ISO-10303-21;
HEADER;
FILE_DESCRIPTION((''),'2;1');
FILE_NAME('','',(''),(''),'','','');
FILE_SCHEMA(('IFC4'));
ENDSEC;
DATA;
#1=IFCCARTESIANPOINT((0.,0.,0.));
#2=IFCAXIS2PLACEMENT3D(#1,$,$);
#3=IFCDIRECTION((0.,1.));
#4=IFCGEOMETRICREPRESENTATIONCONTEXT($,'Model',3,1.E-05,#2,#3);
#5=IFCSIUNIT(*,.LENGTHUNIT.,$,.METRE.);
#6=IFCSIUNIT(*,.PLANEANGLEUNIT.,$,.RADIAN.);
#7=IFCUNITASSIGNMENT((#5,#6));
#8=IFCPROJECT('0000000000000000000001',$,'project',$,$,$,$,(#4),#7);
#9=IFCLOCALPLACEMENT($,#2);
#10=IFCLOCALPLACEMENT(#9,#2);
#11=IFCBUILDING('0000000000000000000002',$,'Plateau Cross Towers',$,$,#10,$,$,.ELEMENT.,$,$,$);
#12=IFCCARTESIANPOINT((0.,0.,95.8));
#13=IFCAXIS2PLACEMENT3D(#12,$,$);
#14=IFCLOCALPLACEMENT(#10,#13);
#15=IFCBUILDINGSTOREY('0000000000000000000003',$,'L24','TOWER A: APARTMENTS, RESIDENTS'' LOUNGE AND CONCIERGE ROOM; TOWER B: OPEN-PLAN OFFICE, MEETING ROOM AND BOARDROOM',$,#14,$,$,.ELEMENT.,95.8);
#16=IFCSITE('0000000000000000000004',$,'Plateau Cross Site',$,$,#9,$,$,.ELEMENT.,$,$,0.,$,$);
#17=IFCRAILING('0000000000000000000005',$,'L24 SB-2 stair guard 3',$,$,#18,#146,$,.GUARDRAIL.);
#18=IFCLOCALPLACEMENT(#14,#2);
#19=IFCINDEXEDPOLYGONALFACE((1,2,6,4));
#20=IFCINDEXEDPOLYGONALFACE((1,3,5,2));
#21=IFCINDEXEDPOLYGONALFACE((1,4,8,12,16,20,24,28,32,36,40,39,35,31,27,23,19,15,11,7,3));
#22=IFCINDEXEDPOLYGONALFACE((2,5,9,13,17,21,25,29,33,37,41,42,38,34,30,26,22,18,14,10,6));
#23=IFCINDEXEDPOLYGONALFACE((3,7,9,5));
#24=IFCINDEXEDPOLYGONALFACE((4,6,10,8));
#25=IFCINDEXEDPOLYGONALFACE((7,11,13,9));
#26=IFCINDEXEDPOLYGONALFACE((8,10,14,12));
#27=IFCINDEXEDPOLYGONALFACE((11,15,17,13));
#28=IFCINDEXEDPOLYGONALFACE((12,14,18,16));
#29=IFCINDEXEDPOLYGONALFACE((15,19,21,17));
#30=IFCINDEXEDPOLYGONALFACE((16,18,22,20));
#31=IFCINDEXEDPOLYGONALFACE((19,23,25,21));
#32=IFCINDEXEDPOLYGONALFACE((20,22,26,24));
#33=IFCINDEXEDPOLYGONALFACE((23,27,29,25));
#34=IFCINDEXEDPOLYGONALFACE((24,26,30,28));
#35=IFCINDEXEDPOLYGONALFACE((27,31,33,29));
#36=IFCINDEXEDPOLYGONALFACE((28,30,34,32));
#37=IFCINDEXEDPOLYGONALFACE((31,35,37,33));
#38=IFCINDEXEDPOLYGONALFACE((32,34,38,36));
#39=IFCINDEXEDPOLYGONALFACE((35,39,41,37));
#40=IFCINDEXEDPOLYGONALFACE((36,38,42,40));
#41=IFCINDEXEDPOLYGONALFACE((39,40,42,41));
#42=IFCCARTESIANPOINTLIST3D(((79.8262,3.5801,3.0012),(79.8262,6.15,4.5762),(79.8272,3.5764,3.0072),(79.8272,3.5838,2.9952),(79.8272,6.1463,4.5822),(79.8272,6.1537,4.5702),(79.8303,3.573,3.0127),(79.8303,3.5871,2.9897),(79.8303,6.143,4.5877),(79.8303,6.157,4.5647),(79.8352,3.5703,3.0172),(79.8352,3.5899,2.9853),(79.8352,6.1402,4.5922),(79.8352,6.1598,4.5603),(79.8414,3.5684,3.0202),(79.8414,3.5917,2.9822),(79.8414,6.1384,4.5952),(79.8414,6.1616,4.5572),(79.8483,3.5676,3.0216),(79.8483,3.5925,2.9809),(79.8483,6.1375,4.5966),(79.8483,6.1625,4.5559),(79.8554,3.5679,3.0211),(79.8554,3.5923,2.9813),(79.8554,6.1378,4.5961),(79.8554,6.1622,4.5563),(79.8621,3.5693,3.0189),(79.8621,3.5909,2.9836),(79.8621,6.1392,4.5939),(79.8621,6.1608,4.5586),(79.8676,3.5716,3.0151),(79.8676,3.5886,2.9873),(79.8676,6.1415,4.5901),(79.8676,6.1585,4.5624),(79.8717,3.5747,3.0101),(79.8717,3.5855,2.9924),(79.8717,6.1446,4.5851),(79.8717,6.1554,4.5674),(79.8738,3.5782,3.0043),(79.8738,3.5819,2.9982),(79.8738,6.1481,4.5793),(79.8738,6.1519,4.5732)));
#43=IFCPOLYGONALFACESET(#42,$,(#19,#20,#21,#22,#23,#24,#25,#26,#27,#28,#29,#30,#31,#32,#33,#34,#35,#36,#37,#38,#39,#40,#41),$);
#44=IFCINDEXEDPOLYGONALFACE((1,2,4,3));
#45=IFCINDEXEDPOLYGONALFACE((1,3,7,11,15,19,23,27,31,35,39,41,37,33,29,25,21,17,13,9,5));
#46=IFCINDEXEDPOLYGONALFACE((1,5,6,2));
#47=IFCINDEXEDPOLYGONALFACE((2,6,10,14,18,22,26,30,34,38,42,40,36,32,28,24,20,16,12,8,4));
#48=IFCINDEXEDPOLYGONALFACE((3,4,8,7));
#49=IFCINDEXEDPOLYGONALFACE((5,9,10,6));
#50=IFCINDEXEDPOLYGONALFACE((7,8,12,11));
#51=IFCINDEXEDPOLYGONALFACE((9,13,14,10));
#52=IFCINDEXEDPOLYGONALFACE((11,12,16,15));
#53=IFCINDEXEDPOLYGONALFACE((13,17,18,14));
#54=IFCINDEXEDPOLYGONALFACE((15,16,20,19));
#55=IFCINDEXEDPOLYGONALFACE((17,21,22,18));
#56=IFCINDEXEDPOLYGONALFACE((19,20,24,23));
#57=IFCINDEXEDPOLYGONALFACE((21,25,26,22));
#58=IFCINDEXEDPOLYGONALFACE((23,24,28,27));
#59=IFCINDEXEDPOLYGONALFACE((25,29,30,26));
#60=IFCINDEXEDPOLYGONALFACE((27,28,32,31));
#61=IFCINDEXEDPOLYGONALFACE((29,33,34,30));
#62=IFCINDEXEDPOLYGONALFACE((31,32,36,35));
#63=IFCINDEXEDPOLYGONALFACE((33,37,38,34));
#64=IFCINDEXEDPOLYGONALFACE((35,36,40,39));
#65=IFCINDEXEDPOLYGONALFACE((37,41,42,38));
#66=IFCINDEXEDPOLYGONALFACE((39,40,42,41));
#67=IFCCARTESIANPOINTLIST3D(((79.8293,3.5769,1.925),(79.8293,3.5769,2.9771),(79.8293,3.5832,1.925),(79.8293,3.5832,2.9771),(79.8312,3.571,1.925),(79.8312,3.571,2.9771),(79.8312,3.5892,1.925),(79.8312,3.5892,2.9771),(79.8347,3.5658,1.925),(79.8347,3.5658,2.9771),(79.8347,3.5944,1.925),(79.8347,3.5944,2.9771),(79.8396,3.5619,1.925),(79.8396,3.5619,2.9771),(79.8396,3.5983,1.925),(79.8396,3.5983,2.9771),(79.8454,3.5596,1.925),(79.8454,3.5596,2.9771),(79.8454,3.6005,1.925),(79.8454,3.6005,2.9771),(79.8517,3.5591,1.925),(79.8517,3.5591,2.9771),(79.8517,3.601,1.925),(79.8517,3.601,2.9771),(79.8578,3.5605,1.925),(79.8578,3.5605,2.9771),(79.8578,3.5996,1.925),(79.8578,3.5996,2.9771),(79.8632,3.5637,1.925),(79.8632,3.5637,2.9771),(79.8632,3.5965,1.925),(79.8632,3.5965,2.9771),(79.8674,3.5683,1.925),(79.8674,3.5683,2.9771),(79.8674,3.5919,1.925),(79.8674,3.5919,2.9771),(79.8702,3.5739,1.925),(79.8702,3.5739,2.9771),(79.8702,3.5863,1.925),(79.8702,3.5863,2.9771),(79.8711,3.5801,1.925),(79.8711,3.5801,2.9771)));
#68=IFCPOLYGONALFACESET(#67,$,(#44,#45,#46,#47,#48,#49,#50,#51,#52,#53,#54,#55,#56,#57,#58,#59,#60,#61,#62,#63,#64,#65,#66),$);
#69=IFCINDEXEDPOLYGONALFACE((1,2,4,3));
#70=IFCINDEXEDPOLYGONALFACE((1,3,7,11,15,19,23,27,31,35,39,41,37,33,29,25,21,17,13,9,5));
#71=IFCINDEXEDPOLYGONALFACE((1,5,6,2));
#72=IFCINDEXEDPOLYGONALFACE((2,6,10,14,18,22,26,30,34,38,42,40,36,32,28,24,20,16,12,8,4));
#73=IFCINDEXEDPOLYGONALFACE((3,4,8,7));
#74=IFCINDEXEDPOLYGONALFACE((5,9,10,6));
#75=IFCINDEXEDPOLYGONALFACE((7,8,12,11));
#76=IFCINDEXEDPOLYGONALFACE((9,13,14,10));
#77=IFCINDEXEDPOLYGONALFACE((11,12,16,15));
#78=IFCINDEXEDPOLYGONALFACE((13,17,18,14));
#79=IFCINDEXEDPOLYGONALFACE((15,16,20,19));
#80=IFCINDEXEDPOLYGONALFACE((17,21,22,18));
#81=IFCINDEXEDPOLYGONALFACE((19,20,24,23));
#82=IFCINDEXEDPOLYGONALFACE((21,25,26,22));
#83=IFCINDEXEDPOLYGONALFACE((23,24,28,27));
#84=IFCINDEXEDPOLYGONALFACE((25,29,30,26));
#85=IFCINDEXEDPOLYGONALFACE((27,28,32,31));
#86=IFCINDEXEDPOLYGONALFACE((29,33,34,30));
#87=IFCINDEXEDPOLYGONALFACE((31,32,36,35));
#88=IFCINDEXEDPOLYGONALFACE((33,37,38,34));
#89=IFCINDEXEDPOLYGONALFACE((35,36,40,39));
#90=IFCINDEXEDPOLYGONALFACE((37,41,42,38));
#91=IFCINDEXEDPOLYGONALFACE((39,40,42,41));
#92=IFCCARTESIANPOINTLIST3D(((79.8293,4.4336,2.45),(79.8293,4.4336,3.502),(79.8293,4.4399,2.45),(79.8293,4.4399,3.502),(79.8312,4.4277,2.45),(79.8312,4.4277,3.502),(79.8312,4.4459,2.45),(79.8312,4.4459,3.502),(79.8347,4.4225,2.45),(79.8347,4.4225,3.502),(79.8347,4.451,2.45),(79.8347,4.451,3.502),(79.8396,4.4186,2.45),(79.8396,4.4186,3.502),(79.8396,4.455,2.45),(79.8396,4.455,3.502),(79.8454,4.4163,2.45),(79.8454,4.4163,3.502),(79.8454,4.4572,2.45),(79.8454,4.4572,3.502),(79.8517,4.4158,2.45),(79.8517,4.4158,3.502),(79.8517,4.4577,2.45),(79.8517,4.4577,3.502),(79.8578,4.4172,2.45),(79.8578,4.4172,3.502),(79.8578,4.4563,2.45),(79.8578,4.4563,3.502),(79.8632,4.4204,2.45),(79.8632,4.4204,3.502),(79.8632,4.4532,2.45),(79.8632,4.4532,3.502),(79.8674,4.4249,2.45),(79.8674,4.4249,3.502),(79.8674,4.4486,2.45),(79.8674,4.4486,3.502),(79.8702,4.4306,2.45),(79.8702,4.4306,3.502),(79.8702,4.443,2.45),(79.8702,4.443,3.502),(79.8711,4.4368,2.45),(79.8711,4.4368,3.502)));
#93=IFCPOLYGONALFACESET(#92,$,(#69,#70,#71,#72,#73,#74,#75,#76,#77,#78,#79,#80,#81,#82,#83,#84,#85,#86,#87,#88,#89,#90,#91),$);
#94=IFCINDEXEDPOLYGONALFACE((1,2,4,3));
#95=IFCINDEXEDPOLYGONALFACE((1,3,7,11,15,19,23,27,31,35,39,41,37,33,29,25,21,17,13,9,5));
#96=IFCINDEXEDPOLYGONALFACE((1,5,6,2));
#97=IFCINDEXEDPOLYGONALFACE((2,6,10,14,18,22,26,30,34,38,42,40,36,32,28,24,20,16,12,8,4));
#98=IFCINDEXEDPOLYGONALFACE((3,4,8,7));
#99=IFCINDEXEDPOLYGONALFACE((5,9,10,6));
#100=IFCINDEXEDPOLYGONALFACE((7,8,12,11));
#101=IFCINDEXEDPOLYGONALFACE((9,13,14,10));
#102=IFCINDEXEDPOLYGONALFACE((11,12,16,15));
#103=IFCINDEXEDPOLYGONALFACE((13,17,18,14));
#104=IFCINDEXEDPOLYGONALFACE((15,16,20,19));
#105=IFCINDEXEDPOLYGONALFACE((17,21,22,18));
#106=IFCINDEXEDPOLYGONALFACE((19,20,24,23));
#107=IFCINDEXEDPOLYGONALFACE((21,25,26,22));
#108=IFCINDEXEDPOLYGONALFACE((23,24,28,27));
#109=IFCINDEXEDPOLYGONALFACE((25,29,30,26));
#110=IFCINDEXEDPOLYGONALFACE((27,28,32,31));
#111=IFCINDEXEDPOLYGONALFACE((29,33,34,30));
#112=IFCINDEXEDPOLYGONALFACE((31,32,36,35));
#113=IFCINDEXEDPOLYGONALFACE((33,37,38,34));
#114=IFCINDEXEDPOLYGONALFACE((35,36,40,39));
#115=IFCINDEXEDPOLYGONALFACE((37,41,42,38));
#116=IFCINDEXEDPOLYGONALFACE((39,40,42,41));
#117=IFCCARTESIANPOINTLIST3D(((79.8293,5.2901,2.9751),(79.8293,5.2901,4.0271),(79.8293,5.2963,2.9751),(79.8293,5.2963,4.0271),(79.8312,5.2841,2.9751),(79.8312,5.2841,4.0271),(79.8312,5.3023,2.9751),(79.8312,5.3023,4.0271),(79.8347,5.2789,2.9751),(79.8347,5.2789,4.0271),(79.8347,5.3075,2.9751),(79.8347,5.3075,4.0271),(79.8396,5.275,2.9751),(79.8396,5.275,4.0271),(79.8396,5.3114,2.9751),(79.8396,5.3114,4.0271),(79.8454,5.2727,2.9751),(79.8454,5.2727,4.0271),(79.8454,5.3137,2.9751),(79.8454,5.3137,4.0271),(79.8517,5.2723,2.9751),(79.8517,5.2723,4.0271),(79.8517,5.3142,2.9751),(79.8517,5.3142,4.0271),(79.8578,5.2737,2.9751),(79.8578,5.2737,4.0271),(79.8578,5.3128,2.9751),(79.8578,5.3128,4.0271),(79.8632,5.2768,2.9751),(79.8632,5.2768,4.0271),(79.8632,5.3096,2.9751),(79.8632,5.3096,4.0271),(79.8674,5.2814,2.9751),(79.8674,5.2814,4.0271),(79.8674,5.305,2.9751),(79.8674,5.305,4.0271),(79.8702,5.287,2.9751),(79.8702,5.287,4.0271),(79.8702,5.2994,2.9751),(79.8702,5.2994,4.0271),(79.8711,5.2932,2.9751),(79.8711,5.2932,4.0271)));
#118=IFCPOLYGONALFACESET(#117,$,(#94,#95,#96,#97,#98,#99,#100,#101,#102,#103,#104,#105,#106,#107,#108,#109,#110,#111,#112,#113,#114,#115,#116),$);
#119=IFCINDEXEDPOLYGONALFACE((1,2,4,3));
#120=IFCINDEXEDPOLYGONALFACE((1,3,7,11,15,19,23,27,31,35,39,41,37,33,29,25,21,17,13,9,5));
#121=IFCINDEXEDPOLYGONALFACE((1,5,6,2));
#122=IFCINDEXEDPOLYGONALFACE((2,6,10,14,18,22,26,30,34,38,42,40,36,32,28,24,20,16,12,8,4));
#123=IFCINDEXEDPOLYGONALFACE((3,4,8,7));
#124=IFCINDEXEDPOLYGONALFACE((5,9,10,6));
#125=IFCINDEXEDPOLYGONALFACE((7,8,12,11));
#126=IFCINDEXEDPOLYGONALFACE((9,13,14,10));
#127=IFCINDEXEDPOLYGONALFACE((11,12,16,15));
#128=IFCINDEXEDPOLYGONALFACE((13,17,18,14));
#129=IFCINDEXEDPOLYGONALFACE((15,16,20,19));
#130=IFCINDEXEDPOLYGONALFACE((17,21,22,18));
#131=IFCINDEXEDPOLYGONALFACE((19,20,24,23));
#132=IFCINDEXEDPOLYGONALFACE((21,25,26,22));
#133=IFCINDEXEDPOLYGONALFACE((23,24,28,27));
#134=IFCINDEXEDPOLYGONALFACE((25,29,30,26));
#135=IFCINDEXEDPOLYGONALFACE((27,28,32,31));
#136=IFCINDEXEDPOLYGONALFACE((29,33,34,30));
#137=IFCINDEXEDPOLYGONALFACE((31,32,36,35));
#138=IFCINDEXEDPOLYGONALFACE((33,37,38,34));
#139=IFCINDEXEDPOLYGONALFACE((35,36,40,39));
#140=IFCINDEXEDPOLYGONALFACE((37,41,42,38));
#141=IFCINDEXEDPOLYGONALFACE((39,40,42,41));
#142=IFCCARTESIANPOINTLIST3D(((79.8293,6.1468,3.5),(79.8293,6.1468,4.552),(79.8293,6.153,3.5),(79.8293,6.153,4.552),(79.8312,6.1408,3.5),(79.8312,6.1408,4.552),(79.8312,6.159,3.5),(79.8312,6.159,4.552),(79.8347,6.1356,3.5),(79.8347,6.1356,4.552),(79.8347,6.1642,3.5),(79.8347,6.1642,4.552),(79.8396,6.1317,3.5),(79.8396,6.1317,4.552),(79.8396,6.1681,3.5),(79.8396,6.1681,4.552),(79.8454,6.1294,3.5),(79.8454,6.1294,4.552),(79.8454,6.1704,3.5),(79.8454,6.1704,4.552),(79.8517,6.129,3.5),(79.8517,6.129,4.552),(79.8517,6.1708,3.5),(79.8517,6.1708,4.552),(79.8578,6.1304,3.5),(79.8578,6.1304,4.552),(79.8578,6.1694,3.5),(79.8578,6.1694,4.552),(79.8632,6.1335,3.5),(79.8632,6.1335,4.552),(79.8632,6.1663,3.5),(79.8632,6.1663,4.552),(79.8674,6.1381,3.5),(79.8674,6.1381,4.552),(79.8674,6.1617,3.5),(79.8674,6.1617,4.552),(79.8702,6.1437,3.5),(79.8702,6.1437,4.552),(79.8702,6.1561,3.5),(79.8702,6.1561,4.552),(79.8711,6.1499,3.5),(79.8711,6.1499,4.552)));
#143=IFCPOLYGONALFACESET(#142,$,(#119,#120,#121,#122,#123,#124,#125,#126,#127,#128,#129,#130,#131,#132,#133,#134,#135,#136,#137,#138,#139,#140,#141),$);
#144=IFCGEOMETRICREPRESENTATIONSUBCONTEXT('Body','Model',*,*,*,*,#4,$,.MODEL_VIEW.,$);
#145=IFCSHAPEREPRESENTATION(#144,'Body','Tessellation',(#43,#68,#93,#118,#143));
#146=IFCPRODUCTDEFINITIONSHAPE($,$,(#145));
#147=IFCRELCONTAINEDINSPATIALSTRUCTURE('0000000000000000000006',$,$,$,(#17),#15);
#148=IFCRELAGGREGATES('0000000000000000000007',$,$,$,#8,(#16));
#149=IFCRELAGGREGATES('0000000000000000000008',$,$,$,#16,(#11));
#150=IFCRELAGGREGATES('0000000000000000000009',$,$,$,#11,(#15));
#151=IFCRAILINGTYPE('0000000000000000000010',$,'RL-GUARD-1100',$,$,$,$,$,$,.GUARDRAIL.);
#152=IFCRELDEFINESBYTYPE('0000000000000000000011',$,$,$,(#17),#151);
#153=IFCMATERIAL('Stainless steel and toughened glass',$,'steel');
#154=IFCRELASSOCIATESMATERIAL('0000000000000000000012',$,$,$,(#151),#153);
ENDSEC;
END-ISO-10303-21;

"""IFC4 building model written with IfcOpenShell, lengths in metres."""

from ifc_helpers import new_model, si_unit, direction, frame, origin, origin_2d, place, context, subcontext, project, spatial, circle, extrude, material, type_object, element, save


model = new_model("IFC4")

# Units and contexts
model_context = context("Model", 3, precision=1e-05, world=origin(), true_north=direction((0.0, 1.0)))
body_context = subcontext(model_context, "Body", "Model", "MODEL_VIEW")
ifc_project = project(units=[si_unit("LENGTHUNIT", "METRE"), si_unit("PLANEANGLEUNIT", "RADIAN")], contexts=[model_context])

# Site, building, storey
site_placement = place(None, origin())
site = spatial("IfcSite", under=ifc_project, at=site_placement, Name="Plateau Cross Site", CompositionType="ELEMENT", RefElevation=0.0)
building_placement = place(site_placement, origin())
building = spatial("IfcBuilding", under=site, at=building_placement, Name="Plateau Cross Towers", CompositionType="ELEMENT")
storey_placement = place(building_placement, frame((0.0, 0.0, 95.8)))
storey = spatial("IfcBuildingStorey", under=building, at=storey_placement, Name="L24", Description="TOWER A: APARTMENTS, RESIDENTS' LOUNGE AND CONCIERGE ROOM; TOWER B: OPEN-PLAN OFFICE, MEETING ROOM AND BOARDROOM", CompositionType="ELEMENT", Elevation=95.8)

# Railing
ifc_material_1 = material(Name="Stainless steel and toughened glass", Category="steel")
railing_type_1 = type_object("IfcRailingType", Name="RL-GUARD-1100", PredefinedType="GUARDRAIL", material=ifc_material_1)
railing_1_placement = place(storey_placement, frame((79.8501, 3.5801, 1.925)))
element("IfcRailing", 1, at=railing_1_placement, inside=storey, type_object=railing_type_1, Name="L24 SB-2 stair guard 3", PredefinedType="GUARDRAIL", context=body_context, shape_type="SweptSolid", body=[
    extrude(circle(Radius=0.0239, at=origin_2d()), frame((0.0, 0.0, 1.0762), z_axis=(0.0, 0.852616, 0.522537), x_axis=(-1.0, 0.0, 0.0)), (0.0, 0.0, 1.0), 3.0142),
    extrude(circle(Radius=0.021, at=origin_2d()), origin(), (0.0, 0.0, 1.0), 1.052),
    extrude(circle(Radius=0.021, at=origin_2d()), frame((0.0, 0.8567, 0.5249)), (0.0, 0.0, 1.0), 1.052),
    extrude(circle(Radius=0.021, at=origin_2d()), frame((0.0, 1.7131, 1.05)), (0.0, 0.0, 1.0), 1.052),
    extrude(circle(Radius=0.021, at=origin_2d()), frame((0.0, 2.5698, 1.575)), (0.0, 0.0, 1.0), 1.052),
])

save(model, "model.ifc")
